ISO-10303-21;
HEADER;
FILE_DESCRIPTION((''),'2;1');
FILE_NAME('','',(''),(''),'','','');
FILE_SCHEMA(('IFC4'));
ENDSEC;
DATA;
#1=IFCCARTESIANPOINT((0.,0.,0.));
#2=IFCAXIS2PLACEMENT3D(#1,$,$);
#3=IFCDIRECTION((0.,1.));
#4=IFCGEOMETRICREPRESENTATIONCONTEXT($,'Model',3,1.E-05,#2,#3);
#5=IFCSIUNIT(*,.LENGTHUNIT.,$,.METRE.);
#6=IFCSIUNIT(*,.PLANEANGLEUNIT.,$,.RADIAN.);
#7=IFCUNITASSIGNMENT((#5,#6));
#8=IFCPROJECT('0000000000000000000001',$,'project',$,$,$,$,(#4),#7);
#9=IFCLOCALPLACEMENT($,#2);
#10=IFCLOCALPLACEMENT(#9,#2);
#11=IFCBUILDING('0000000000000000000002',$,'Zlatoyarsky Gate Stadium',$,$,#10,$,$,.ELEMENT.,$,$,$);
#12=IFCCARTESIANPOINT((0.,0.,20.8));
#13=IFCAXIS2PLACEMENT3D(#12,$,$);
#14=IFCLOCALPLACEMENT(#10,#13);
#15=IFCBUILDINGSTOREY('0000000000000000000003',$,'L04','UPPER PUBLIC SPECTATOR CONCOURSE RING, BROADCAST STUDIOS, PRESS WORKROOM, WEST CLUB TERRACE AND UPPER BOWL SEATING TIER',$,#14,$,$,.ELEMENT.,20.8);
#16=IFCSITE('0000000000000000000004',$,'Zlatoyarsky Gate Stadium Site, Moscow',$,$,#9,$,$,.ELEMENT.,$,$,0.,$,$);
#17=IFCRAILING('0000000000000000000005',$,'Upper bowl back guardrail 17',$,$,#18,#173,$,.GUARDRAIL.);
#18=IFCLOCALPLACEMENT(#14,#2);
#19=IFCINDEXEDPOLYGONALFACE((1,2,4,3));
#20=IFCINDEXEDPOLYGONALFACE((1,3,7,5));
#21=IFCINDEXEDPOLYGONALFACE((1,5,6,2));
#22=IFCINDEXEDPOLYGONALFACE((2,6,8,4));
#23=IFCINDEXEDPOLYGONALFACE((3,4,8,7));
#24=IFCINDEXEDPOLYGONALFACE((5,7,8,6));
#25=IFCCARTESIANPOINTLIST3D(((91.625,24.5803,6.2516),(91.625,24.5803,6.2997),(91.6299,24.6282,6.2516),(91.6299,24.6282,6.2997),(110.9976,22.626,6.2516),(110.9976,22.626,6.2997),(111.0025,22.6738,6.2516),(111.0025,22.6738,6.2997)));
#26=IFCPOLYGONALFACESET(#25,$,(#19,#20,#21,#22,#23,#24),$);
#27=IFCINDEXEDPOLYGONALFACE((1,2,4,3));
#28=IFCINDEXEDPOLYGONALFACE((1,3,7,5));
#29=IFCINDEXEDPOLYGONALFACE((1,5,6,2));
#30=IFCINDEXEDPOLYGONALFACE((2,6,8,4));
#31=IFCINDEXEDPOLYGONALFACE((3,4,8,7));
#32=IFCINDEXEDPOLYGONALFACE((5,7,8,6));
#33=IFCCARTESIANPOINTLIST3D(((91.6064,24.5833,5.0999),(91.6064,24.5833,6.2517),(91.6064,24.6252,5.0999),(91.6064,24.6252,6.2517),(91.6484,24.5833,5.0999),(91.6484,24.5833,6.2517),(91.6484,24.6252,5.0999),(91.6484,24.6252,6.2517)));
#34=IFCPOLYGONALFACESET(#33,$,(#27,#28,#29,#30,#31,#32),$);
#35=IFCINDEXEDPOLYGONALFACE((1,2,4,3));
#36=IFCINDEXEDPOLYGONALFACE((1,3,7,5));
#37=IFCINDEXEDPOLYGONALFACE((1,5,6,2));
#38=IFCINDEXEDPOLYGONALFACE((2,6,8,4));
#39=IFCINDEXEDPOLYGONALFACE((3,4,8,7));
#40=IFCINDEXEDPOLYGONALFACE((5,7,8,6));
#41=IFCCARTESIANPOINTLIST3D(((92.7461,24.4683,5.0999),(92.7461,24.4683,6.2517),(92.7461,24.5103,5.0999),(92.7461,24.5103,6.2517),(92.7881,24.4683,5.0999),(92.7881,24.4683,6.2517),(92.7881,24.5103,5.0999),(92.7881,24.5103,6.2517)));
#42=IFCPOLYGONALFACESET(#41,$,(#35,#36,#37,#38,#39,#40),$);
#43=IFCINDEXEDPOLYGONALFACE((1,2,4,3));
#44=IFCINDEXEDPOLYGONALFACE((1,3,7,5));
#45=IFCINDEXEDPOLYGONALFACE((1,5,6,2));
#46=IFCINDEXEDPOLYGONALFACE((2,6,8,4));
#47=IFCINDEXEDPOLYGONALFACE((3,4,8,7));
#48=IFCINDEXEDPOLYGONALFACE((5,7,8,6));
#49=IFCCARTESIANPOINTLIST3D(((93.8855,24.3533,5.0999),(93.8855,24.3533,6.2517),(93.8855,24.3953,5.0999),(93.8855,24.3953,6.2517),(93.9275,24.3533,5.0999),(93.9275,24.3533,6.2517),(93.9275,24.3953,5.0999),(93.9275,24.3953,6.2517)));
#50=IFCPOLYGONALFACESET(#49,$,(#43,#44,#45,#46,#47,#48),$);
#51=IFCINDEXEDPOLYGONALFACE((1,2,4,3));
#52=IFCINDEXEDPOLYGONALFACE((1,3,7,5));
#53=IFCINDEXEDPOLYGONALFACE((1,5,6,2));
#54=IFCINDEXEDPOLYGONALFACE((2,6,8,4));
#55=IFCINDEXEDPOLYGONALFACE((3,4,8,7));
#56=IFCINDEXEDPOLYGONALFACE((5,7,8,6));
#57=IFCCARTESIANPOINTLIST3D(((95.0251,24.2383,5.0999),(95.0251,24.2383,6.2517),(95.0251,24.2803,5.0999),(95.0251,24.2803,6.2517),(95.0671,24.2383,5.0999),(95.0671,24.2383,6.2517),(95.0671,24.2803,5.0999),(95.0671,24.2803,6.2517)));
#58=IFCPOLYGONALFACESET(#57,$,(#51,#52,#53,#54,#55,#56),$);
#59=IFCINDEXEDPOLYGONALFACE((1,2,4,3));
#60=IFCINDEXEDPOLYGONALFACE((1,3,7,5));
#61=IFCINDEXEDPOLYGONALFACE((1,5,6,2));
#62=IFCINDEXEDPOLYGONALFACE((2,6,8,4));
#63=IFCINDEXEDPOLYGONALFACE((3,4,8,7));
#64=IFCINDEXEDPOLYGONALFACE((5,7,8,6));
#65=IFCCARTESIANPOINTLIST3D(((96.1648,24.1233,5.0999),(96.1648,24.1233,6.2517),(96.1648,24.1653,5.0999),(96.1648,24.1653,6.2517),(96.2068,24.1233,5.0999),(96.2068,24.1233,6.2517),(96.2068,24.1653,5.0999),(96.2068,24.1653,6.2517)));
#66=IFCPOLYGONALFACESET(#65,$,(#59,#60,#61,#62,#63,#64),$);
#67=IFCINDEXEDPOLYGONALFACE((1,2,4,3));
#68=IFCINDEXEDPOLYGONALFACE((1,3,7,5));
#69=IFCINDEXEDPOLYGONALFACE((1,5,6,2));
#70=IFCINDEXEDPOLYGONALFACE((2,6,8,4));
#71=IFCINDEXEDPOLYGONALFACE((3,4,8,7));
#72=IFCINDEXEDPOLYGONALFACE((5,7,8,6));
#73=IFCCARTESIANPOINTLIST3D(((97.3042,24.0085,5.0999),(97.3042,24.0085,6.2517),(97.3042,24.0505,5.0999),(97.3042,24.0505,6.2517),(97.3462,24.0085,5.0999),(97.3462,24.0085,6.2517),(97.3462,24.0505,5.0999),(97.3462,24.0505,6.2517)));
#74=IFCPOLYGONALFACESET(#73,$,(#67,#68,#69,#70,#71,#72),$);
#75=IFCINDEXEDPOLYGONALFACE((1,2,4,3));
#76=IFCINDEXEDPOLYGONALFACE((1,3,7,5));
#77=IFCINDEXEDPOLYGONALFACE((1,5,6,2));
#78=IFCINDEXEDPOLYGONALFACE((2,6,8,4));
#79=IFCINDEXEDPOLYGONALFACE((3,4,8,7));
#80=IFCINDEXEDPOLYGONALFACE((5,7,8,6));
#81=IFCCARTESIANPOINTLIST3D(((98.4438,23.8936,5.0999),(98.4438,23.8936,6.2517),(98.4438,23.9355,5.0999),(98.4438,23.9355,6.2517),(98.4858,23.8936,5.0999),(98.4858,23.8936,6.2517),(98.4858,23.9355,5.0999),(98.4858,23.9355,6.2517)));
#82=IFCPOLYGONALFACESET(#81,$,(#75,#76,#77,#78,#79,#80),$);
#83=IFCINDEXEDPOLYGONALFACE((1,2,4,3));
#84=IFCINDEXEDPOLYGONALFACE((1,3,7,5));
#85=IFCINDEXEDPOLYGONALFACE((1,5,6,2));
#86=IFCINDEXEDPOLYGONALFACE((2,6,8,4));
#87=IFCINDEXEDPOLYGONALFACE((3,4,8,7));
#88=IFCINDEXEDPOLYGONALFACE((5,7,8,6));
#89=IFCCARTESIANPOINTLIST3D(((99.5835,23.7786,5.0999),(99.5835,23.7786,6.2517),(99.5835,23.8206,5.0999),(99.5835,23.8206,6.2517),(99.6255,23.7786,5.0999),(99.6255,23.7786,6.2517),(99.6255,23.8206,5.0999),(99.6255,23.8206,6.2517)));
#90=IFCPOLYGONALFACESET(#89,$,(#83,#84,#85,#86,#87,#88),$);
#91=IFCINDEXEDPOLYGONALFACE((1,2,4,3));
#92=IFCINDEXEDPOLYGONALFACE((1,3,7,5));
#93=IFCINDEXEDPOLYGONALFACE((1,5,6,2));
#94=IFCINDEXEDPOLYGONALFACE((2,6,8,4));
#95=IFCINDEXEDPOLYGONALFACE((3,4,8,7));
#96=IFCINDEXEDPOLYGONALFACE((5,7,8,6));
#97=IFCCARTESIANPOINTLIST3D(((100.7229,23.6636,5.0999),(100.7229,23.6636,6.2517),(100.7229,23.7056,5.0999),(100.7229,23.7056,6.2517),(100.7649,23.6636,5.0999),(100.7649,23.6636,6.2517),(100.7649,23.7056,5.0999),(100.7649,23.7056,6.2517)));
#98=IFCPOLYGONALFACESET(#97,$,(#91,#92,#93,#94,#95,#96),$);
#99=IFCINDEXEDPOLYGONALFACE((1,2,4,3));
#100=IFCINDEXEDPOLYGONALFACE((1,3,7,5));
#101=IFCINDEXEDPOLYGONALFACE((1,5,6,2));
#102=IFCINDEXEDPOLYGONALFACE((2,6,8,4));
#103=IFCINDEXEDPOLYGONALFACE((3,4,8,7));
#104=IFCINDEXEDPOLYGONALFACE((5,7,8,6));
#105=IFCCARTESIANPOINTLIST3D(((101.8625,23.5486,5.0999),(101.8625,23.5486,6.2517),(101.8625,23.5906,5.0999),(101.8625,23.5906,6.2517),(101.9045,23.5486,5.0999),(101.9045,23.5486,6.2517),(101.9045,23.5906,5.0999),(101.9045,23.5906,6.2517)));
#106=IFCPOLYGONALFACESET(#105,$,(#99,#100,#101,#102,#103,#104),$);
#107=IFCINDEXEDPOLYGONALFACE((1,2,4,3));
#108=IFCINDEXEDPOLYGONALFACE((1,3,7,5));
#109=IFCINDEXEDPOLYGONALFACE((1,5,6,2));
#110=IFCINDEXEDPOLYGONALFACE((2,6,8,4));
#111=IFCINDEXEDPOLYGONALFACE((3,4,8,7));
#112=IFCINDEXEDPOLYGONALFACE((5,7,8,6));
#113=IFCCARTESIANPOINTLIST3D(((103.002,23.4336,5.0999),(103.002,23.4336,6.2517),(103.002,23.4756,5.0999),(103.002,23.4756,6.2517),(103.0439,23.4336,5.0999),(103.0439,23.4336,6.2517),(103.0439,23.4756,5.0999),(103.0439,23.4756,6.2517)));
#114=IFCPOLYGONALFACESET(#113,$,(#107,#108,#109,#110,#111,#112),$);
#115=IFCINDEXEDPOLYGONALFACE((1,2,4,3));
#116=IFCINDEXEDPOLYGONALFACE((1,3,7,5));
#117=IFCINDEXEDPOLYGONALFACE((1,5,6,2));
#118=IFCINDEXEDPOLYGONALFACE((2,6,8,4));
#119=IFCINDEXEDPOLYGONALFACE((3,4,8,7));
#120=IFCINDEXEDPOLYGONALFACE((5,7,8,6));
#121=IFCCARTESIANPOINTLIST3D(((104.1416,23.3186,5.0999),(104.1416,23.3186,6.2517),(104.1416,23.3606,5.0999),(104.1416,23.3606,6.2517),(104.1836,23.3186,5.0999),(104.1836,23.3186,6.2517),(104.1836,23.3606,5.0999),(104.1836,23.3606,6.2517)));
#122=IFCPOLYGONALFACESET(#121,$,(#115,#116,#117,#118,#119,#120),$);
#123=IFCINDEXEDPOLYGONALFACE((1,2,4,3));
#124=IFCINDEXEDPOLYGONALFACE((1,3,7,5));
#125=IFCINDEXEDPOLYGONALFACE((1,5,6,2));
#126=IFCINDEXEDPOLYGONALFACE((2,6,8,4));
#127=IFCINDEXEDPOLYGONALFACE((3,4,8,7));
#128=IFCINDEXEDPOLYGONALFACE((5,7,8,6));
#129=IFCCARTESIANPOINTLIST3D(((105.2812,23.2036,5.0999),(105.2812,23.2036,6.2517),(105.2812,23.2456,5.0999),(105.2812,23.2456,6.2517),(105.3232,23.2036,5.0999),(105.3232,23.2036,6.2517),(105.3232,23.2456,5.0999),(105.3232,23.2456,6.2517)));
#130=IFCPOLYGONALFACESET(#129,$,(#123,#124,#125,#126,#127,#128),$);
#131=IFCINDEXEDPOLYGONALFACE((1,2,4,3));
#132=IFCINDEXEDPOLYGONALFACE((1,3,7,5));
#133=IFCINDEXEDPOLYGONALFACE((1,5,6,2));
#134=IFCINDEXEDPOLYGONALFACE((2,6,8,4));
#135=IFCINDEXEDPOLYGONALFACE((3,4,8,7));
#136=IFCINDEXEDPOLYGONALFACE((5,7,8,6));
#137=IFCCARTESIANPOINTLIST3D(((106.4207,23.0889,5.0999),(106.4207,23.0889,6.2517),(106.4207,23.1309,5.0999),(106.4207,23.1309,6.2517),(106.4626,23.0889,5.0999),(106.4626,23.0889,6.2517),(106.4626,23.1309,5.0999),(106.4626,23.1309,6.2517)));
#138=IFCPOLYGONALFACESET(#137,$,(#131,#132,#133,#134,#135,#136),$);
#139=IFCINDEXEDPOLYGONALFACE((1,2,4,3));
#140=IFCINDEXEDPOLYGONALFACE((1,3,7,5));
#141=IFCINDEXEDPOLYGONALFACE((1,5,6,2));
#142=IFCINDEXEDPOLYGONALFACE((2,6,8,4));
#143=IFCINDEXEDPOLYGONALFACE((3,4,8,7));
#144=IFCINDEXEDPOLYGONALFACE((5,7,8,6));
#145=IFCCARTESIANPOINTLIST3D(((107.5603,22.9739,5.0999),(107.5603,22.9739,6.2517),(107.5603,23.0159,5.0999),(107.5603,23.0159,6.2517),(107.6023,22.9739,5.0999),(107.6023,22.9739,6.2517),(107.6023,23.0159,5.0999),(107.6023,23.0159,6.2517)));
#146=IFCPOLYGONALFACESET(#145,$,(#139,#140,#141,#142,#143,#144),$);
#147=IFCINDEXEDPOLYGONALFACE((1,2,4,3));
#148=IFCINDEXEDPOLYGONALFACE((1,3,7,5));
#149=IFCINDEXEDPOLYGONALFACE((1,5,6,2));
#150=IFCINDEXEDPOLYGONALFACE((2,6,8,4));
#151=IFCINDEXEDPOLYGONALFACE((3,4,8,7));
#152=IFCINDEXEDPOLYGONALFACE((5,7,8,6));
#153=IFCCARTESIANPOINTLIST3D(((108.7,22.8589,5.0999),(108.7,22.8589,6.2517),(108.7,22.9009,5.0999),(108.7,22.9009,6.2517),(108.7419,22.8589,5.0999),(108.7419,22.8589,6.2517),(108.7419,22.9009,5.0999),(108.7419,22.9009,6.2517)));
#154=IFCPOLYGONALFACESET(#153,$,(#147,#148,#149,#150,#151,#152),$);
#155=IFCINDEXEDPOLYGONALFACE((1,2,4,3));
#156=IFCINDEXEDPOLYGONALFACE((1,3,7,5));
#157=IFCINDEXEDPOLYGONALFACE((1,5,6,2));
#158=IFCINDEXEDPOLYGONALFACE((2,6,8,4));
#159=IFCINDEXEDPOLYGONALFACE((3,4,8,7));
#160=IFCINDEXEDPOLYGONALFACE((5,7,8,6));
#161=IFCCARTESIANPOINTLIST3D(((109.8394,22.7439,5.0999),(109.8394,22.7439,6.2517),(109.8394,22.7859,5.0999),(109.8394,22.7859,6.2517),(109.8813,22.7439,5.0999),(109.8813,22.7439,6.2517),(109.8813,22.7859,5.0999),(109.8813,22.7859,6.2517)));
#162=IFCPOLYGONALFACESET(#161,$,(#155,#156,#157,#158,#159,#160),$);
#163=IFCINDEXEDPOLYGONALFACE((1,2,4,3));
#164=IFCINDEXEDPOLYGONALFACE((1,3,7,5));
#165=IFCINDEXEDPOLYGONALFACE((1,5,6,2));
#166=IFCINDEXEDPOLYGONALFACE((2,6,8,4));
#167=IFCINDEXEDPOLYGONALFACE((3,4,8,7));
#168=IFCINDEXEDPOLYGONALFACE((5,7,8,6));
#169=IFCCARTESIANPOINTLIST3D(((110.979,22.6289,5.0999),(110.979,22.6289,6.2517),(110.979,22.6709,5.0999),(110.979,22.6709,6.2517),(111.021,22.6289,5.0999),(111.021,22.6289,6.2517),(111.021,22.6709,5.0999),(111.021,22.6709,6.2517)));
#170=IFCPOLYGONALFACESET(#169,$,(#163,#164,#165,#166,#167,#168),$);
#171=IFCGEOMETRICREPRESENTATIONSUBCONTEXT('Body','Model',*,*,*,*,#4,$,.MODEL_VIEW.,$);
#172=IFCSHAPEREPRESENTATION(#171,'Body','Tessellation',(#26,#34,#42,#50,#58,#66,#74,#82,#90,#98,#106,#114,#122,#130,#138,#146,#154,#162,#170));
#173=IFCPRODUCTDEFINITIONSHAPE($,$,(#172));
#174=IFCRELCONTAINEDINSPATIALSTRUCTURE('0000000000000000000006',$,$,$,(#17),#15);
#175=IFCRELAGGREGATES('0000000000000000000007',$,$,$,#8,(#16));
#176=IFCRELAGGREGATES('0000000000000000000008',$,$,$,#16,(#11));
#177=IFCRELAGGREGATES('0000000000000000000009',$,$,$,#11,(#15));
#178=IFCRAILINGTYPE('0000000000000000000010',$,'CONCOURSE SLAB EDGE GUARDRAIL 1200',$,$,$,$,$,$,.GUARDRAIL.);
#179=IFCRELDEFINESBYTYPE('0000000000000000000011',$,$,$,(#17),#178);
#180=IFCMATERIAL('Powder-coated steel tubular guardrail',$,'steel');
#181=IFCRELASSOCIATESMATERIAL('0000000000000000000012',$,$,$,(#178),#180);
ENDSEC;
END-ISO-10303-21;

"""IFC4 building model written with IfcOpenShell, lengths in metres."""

from ifc_helpers import new_model, si_unit, direction, frame, origin, origin_2d, place, context, subcontext, project, spatial, rectangle, extrude, material, type_object, element, save


model = new_model("IFC4")

# Units and contexts
model_context = context("Model", 3, precision=1e-05, world=origin(), true_north=direction((0.0, 1.0)))
body_context = subcontext(model_context, "Body", "Model", "MODEL_VIEW")
ifc_project = project(units=[si_unit("LENGTHUNIT", "METRE"), si_unit("PLANEANGLEUNIT", "RADIAN")], contexts=[model_context])

# Site, building, storey
site_placement = place(None, origin())
site = spatial("IfcSite", under=ifc_project, at=site_placement, Name="Zlatoyarsky Gate Stadium Site, Moscow", CompositionType="ELEMENT", RefElevation=0.0)
building_placement = place(site_placement, origin())
building = spatial("IfcBuilding", under=site, at=building_placement, Name="Zlatoyarsky Gate Stadium", CompositionType="ELEMENT")
storey_placement = place(building_placement, frame((0.0, 0.0, 20.8)))
storey = spatial("IfcBuildingStorey", under=building, at=storey_placement, Name="L04", Description="UPPER PUBLIC SPECTATOR CONCOURSE RING, BROADCAST STUDIOS, PRESS WORKROOM, WEST CLUB TERRACE AND UPPER BOWL SEATING TIER", CompositionType="ELEMENT", Elevation=20.8)

# Railing
ifc_material_1 = material(Name="Powder-coated steel tubular guardrail", Category="steel")
railing_type_1 = type_object("IfcRailingType", Name="CONCOURSE SLAB EDGE GUARDRAIL 1200", PredefinedType="GUARDRAIL", material=ifc_material_1)
railing_1_placement = place(storey_placement, frame((91.6274, 24.6042, 5.0999)))
element("IfcRailing", 1, at=railing_1_placement, inside=storey, type_object=railing_type_1, Name="Upper bowl back guardrail 17", PredefinedType="GUARDRAIL", context=body_context, shape_type="SweptSolid", body=[
    extrude(rectangle(XDim=0.0481, YDim=0.0481, at=origin_2d()), frame((0.0, 0.0, 1.1758), z_axis=(0.99495, -0.100373, 0.0), x_axis=(0.100373, 0.99495, 0.0)), (0.0, 0.0, 1.0), 19.4709),
    extrude(rectangle(XDim=0.042, YDim=0.042, at=origin_2d()), origin(), (0.0, 0.0, 1.0), 1.1519),
    extrude(rectangle(XDim=0.042, YDim=0.042, at=origin_2d()), frame((1.1396, -0.115, 0.0)), (0.0, 0.0, 1.0), 1.1519),
    extrude(rectangle(XDim=0.042, YDim=0.042, at=origin_2d()), frame((2.2791, -0.23, 0.0)), (0.0, 0.0, 1.0), 1.1519),
    extrude(rectangle(XDim=0.042, YDim=0.042, at=origin_2d()), frame((3.4187, -0.345, 0.0)), (0.0, 0.0, 1.0), 1.1519),
    extrude(rectangle(XDim=0.042, YDim=0.042, at=origin_2d()), frame((4.5583, -0.46, 0.0)), (0.0, 0.0, 1.0), 1.1519),
    extrude(rectangle(XDim=0.042, YDim=0.042, at=origin_2d()), frame((5.6978, -0.5747, 0.0)), (0.0, 0.0, 1.0), 1.1519),
    extrude(rectangle(XDim=0.042, YDim=0.042, at=origin_2d()), frame((6.8374, -0.6897, 0.0)), (0.0, 0.0, 1.0), 1.1519),
    extrude(rectangle(XDim=0.042, YDim=0.042, at=origin_2d()), frame((7.9771, -0.8047, 0.0)), (0.0, 0.0, 1.0), 1.1519),
    extrude(rectangle(XDim=0.042, YDim=0.042, at=origin_2d()), frame((9.1165, -0.9197, 0.0)), (0.0, 0.0, 1.0), 1.1519),
    extrude(rectangle(XDim=0.042, YDim=0.042, at=origin_2d()), frame((10.2561, -1.0347, 0.0)), (0.0, 0.0, 1.0), 1.1519),
    extrude(rectangle(XDim=0.042, YDim=0.042, at=origin_2d()), frame((11.3955, -1.1497, 0.0)), (0.0, 0.0, 1.0), 1.1519),
    extrude(rectangle(XDim=0.042, YDim=0.042, at=origin_2d()), frame((12.5352, -1.2646, 0.0)), (0.0, 0.0, 1.0), 1.1519),
    extrude(rectangle(XDim=0.042, YDim=0.042, at=origin_2d()), frame((13.6748, -1.3796, 0.0)), (0.0, 0.0, 1.0), 1.1519),
    extrude(rectangle(XDim=0.042, YDim=0.042, at=origin_2d()), frame((14.8142, -1.4944, 0.0)), (0.0, 0.0, 1.0), 1.1519),
    extrude(rectangle(XDim=0.042, YDim=0.042, at=origin_2d()), frame((15.9539, -1.6094, 0.0)), (0.0, 0.0, 1.0), 1.1519),
    extrude(rectangle(XDim=0.042, YDim=0.042, at=origin_2d()), frame((17.0935, -1.7244, 0.0)), (0.0, 0.0, 1.0), 1.1519),
    extrude(rectangle(XDim=0.042, YDim=0.042, at=origin_2d()), frame((18.2329, -1.8394, 0.0)), (0.0, 0.0, 1.0), 1.1519),
    extrude(rectangle(XDim=0.042, YDim=0.042, at=origin_2d()), frame((19.3726, -1.9543, 0.0)), (0.0, 0.0, 1.0), 1.1519),
])

save(model, "model.ifc")
